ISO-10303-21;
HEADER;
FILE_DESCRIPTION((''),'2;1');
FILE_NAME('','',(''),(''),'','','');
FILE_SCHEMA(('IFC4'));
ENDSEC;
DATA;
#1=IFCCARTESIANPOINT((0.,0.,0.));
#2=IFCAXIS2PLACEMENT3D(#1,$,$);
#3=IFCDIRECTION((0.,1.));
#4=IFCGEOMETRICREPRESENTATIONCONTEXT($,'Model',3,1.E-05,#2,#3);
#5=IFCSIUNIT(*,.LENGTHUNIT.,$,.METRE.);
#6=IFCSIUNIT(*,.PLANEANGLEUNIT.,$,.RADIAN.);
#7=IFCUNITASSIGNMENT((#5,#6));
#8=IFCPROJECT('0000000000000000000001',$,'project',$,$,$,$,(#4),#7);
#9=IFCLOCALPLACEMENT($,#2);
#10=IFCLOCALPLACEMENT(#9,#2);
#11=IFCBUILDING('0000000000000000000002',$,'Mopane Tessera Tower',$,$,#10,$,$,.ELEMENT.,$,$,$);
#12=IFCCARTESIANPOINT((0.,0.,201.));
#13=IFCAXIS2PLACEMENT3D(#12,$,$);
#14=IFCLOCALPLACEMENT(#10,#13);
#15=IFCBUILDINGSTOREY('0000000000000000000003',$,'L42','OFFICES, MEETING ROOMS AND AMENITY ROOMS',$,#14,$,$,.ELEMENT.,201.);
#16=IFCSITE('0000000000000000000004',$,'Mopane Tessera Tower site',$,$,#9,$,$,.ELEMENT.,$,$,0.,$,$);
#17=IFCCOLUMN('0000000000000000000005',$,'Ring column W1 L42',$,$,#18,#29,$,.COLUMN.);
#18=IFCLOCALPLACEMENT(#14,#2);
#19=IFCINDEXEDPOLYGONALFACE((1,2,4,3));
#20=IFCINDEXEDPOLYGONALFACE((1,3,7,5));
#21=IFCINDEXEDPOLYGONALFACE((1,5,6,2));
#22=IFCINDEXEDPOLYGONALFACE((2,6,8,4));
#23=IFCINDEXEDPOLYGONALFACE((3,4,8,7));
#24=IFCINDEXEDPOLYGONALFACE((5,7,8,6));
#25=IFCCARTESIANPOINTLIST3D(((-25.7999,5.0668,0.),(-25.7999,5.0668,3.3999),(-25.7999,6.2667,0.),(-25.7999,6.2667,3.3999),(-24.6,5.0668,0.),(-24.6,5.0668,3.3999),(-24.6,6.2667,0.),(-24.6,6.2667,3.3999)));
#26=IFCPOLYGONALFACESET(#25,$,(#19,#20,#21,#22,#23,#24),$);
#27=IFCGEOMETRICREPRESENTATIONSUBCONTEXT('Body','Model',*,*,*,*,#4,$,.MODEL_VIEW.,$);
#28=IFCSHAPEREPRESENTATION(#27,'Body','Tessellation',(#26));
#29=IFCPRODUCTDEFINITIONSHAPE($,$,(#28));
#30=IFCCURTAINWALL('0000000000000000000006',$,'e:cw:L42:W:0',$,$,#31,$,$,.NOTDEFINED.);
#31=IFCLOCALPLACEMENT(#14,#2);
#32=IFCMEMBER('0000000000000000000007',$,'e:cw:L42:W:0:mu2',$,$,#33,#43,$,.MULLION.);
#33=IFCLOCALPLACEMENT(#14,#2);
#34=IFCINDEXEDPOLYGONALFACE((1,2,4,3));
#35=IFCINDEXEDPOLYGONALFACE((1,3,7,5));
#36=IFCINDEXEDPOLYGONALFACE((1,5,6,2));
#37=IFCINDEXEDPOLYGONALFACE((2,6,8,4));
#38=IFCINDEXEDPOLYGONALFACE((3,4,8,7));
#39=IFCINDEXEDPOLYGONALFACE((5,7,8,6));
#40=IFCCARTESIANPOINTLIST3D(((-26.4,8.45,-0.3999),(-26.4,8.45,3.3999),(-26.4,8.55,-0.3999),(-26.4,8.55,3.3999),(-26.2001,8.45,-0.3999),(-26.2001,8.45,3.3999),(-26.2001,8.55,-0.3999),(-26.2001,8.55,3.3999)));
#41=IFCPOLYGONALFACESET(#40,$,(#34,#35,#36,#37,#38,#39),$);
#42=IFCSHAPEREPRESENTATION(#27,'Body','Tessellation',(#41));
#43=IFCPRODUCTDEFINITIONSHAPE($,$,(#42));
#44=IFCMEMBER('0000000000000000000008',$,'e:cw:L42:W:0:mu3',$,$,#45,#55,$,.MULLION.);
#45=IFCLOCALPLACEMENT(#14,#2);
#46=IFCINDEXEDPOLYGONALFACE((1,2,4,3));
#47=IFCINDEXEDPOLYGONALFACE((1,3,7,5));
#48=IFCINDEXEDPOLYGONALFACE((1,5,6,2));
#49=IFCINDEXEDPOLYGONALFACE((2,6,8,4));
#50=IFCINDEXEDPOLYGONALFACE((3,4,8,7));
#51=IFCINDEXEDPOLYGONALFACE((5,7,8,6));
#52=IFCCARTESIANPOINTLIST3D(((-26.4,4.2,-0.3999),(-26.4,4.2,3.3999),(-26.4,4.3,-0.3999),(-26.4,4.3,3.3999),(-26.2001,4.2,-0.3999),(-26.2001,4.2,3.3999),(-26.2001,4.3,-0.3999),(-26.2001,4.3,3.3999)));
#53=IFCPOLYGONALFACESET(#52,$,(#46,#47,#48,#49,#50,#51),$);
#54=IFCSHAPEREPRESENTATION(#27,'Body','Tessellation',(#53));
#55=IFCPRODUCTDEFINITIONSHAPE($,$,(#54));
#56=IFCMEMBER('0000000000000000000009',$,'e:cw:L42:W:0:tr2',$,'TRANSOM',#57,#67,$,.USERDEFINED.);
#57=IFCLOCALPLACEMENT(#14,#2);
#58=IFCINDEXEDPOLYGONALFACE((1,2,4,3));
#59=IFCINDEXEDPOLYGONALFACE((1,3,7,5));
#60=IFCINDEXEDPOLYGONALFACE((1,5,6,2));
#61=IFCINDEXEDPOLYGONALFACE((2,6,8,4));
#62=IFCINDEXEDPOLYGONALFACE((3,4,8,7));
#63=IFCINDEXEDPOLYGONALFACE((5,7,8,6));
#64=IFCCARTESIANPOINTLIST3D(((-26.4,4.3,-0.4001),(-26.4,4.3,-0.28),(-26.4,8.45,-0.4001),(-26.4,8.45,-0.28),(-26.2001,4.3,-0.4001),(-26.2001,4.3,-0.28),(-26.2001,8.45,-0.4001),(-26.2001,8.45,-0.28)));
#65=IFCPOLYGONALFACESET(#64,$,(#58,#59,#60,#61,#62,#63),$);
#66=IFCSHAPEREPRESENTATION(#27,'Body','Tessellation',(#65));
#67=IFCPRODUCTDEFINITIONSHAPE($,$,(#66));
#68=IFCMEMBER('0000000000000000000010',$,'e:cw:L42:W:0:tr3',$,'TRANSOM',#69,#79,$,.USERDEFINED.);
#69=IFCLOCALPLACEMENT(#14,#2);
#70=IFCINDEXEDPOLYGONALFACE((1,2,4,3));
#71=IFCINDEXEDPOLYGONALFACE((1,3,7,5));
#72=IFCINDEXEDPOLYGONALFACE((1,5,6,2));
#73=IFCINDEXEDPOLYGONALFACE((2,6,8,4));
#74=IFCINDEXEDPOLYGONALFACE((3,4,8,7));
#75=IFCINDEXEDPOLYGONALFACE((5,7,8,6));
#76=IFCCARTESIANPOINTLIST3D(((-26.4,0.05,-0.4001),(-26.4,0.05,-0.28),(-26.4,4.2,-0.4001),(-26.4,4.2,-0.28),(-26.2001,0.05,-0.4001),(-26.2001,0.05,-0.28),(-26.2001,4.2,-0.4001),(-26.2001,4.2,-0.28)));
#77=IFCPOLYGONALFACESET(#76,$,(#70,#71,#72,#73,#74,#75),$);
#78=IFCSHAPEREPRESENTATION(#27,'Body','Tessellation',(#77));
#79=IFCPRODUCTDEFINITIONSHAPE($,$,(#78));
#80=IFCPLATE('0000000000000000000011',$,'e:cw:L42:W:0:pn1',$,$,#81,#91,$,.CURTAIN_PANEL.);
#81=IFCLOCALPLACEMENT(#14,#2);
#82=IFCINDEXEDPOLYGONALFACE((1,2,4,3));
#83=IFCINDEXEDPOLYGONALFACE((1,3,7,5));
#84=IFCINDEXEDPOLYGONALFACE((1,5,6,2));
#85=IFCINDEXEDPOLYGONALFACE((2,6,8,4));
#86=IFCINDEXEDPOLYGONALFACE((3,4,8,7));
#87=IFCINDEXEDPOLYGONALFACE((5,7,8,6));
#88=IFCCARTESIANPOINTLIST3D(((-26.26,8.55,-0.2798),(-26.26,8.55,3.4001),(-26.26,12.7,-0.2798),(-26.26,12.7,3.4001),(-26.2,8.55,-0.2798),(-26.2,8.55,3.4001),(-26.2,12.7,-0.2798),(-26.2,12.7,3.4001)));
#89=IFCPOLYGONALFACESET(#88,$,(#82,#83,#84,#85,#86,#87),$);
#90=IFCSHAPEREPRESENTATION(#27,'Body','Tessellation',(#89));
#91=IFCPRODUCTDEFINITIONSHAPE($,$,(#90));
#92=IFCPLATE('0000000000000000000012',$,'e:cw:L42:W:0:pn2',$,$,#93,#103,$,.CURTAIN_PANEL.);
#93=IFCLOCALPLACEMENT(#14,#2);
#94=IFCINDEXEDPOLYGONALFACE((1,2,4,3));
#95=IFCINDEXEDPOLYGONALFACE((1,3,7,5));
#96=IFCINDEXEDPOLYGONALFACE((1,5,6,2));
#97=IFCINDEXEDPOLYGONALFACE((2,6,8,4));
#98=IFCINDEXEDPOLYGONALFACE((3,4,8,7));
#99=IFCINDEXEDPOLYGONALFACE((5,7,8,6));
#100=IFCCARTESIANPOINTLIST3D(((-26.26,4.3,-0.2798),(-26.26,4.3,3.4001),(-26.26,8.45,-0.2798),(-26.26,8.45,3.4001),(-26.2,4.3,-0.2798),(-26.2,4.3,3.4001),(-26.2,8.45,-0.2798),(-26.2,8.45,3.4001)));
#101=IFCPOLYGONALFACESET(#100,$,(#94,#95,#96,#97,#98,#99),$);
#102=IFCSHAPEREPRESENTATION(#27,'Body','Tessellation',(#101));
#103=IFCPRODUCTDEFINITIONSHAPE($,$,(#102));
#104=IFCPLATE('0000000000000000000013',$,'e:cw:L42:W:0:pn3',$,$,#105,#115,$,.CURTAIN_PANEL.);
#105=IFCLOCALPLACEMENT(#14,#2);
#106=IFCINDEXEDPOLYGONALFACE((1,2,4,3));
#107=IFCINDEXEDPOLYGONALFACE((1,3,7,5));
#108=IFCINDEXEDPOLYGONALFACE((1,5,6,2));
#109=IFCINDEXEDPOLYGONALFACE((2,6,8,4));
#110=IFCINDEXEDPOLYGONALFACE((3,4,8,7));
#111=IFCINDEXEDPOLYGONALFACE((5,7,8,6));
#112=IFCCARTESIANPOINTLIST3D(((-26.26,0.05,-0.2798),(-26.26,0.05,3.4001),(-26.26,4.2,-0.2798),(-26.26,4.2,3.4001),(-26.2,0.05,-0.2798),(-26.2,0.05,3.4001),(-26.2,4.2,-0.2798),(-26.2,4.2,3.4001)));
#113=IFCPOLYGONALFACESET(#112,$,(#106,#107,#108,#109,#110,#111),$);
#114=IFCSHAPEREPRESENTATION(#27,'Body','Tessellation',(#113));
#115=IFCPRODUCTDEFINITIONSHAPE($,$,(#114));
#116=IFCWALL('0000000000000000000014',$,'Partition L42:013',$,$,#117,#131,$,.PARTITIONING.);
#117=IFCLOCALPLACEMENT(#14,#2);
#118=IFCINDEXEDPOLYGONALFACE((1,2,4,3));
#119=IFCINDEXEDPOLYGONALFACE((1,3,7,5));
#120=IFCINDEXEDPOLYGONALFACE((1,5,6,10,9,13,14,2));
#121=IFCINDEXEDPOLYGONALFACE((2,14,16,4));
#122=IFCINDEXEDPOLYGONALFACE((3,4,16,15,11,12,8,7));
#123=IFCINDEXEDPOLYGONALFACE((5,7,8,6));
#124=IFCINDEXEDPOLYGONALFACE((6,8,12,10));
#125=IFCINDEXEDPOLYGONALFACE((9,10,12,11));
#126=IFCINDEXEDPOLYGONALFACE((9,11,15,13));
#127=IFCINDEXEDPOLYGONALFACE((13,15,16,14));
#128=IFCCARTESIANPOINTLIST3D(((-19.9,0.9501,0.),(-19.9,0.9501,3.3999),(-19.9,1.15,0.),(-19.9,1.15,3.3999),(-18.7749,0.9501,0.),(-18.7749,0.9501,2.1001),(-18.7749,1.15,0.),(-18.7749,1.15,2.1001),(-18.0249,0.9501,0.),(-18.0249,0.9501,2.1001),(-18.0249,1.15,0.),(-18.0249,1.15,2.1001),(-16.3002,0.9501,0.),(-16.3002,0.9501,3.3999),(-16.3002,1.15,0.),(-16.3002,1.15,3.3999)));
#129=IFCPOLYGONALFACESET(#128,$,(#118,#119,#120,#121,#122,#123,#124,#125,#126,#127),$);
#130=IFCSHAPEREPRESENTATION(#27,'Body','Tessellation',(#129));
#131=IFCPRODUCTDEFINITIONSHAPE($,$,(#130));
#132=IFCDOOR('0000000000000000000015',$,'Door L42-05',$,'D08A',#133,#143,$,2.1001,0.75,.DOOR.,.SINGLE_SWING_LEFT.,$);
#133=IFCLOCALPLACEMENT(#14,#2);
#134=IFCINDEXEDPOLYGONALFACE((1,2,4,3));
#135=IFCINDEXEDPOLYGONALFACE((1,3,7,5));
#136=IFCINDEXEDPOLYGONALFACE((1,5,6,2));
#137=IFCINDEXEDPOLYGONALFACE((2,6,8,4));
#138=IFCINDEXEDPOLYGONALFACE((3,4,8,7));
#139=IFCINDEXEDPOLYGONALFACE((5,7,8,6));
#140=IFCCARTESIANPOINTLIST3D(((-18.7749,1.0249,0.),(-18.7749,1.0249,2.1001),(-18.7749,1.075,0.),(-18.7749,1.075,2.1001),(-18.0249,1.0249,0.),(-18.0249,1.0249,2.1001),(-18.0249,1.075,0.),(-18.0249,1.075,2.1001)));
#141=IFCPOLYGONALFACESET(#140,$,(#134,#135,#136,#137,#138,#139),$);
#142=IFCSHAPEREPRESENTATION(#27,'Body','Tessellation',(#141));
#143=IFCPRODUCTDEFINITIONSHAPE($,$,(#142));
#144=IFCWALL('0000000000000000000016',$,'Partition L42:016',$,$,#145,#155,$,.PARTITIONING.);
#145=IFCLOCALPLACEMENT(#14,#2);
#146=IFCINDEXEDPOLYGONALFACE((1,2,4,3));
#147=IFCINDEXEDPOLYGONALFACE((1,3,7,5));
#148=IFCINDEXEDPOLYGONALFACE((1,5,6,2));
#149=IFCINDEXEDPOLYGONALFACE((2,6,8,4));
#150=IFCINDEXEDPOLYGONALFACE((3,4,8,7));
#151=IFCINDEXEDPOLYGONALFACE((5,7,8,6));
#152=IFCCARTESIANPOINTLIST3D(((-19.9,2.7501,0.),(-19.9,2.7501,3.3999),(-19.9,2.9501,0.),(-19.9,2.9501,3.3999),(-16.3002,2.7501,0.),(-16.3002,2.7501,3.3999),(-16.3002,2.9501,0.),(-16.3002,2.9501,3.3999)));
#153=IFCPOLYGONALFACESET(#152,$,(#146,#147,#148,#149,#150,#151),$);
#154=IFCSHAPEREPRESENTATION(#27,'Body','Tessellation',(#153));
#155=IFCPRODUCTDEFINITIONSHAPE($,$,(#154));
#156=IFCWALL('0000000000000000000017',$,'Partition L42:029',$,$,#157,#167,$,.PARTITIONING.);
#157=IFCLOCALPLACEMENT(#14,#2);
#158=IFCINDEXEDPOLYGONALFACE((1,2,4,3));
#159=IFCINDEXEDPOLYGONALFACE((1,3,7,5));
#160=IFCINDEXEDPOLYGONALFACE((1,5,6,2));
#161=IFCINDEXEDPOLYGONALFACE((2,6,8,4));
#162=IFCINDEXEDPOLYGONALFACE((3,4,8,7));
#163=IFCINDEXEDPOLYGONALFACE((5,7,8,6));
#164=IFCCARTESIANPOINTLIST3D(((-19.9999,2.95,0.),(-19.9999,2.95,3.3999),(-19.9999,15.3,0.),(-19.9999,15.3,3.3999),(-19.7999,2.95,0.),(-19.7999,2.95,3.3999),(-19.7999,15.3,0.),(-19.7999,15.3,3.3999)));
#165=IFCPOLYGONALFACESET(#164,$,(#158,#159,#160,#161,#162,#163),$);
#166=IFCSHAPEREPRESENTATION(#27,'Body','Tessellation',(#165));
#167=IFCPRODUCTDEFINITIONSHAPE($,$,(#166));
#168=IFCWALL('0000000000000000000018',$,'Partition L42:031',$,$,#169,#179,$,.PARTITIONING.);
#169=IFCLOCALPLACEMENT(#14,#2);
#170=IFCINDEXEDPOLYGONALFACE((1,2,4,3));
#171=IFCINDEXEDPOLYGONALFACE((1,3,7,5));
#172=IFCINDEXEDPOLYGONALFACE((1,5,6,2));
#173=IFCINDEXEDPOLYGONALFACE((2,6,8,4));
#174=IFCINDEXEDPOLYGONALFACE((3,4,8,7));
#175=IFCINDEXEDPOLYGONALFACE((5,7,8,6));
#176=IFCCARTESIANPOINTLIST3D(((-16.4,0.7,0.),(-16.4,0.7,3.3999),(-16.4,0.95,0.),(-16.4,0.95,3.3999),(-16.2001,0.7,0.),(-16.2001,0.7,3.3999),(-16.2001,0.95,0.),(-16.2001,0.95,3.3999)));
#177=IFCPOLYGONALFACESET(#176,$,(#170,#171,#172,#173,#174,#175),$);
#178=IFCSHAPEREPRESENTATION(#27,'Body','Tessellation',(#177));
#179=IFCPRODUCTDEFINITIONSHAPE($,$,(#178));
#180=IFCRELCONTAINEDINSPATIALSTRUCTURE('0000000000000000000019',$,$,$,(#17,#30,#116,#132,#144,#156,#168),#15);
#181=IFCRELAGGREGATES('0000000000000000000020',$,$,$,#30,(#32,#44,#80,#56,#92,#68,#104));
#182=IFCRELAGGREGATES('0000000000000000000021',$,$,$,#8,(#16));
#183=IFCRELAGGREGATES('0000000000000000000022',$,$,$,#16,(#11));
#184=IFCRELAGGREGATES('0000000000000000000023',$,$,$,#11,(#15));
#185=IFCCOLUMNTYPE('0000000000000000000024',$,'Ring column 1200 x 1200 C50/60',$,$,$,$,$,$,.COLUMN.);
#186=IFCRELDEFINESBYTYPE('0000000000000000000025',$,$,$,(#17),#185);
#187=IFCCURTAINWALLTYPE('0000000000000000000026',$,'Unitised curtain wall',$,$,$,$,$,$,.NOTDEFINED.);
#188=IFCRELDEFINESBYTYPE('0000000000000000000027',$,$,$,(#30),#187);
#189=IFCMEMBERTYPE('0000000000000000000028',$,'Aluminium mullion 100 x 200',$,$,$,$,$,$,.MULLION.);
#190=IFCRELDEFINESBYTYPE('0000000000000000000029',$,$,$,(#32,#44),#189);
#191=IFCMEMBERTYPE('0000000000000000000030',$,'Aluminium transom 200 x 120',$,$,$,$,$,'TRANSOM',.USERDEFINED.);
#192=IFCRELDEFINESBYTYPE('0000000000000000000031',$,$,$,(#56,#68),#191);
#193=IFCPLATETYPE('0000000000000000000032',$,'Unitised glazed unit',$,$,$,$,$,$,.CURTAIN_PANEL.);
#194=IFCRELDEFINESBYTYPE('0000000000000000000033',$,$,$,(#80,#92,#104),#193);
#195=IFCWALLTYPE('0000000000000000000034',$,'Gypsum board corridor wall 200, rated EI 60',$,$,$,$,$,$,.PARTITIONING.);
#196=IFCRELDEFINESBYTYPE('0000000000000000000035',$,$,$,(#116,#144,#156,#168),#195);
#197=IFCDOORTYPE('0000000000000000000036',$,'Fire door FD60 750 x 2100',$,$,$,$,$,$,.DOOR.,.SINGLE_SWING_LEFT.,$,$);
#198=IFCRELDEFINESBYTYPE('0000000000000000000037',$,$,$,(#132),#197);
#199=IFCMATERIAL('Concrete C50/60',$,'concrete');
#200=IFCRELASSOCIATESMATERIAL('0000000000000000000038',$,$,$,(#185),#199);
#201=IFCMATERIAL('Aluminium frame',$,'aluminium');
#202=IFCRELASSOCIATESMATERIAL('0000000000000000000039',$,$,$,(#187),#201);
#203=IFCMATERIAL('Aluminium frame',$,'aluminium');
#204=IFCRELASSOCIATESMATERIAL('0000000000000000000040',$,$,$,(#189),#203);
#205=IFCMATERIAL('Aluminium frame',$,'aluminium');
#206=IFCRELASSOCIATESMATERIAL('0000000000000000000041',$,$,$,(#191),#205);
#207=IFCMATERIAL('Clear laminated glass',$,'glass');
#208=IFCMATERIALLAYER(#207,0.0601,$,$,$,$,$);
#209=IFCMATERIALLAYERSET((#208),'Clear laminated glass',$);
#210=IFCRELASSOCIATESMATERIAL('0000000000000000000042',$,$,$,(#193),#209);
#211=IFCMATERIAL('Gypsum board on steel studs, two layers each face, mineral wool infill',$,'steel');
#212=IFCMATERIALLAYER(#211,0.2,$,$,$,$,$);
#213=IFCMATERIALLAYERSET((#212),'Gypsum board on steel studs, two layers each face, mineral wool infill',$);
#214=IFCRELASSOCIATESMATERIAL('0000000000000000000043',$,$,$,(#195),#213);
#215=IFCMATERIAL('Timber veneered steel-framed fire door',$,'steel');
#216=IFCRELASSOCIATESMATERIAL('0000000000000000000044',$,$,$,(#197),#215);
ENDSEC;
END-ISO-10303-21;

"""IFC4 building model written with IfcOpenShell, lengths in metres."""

from ifc_helpers import new_model, si_unit, direction, frame, frame_2d, origin, origin_2d, place, context, subcontext, project, spatial, rectangle, extrude, material, layer, layer_set, material_profile, profile_set, type_object, element, fill, aggregate, save


model = new_model("IFC4")

# Units and contexts
model_context = context("Model", 3, precision=1e-05, world=origin(), true_north=direction((0.0, 1.0)))
body_context = subcontext(model_context, "Body", "Model", "MODEL_VIEW")
ifc_project = project(units=[si_unit("LENGTHUNIT", "METRE"), si_unit("PLANEANGLEUNIT", "RADIAN")], contexts=[model_context])

# Site, building, storey
site_placement = place(None, origin())
site = spatial("IfcSite", under=ifc_project, at=site_placement, Name="Mopane Tessera Tower site", CompositionType="ELEMENT", RefElevation=0.0)
building_placement = place(site_placement, origin())
building = spatial("IfcBuilding", under=site, at=building_placement, Name="Mopane Tessera Tower", CompositionType="ELEMENT")
storey_placement = place(building_placement, frame((0.0, 0.0, 201.0)))
storey = spatial("IfcBuildingStorey", under=building, at=storey_placement, Name="L42", Description="OFFICES, MEETING ROOMS AND AMENITY ROOMS", CompositionType="ELEMENT", Elevation=201.0)

# Column
ifc_material_1 = material(Name="Concrete C50/60", Category="concrete")
ifc_material_profile_1 = material_profile(ifc_material_1, rectangle(XDim=1.2, YDim=1.2, at=origin_2d()))
ifc_profile_set_1 = profile_set([ifc_material_profile_1], Name="Concrete C50/60")
column_type = type_object("IfcColumnType", Name="Ring column 1200 x 1200 C50/60", PredefinedType="COLUMN", material=ifc_profile_set_1)
column_placement = place(storey_placement, frame((-25.2, 5.6667, 0.0), z_axis=(0.0, 0.0, 1.0), x_axis=(1.0, 0.0, 0.0)))
element("IfcColumn", 1, at=column_placement, inside=storey, type_object=column_type, Name="Ring column W1 L42", PredefinedType="COLUMN", context=body_context, shape_type="SweptSolid", body=[
    extrude(rectangle(XDim=1.2, YDim=1.2, at=origin_2d()), origin(), (0.0, 0.0, 1.0), 3.3999),
])

# Curtain wall, members, plates
ifc_material_2 = material(Name="Aluminium frame", Category="aluminium")
curtain_wall_type = type_object("IfcCurtainWallType", Name="Unitised curtain wall", PredefinedType="NOTDEFINED", material=ifc_material_2)
curtain_wall_placement = place(storey_placement, origin())
curtain_wall = element("IfcCurtainWall", 2, at=curtain_wall_placement, inside=storey, type_object=curtain_wall_type, Name="e:cw:L42:W:0", PredefinedType="NOTDEFINED")
ifc_material_3 = material(Name="Aluminium frame", Category="aluminium")
ifc_material_profile_2 = material_profile(ifc_material_3, rectangle(XDim=0.1001, YDim=0.2, at=origin_2d()))
ifc_profile_set_2 = profile_set([ifc_material_profile_2], Name="Aluminium frame")
member_type_1 = type_object("IfcMemberType", Name="Aluminium mullion 100 x 200", PredefinedType="MULLION", material=ifc_profile_set_2)
member_1_placement = place(storey_placement, frame((-26.3, 8.5, -0.3999), z_axis=(0.0, 0.0, 1.0), x_axis=(0.0, -1.0, 0.0)))
member_1 = element("IfcMember", 3, at=member_1_placement, type_object=member_type_1, Name="e:cw:L42:W:0:mu2", PredefinedType="MULLION", context=body_context, shape_type="SweptSolid", body=[
    extrude(rectangle(XDim=0.1001, YDim=0.2, at=origin_2d()), origin(), (0.0, 0.0, 1.0), 3.7998),
])
member_2_placement = place(storey_placement, frame((-26.3, 4.25, -0.3999), z_axis=(0.0, 0.0, 1.0), x_axis=(0.0, -1.0, 0.0)))
member_2 = element("IfcMember", 4, at=member_2_placement, type_object=member_type_1, Name="e:cw:L42:W:0:mu3", PredefinedType="MULLION", context=body_context, shape_type="SweptSolid", body=[
    extrude(rectangle(XDim=0.1001, YDim=0.2, at=origin_2d()), origin(), (0.0, 0.0, 1.0), 3.7998),
])
ifc_material_4 = material(Name="Aluminium frame", Category="aluminium")
ifc_material_profile_3 = material_profile(ifc_material_4, rectangle(XDim=0.2, YDim=0.1201, at=origin_2d()))
ifc_profile_set_3 = profile_set([ifc_material_profile_3], Name="Aluminium frame")
member_type_2 = type_object("IfcMemberType", Name="Aluminium transom 200 x 120", ElementType="TRANSOM", PredefinedType="USERDEFINED", material=ifc_profile_set_3)
member_3_placement = place(storey_placement, frame((-26.3, 8.45, -0.3401), z_axis=(0.0, -1.0, 0.0), x_axis=(1.0, 0.0, 0.0)))
member_3 = element("IfcMember", 5, at=member_3_placement, type_object=member_type_2, Name="e:cw:L42:W:0:tr2", ObjectType="TRANSOM", PredefinedType="USERDEFINED", context=body_context, shape_type="SweptSolid", body=[
    extrude(rectangle(XDim=0.2, YDim=0.1201, at=origin_2d()), origin(), (0.0, 0.0, 1.0), 4.1499),
])
member_4_placement = place(storey_placement, frame((-26.3, 4.2, -0.3401), z_axis=(0.0, -1.0, 0.0), x_axis=(1.0, 0.0, 0.0)))
member_4 = element("IfcMember", 6, at=member_4_placement, type_object=member_type_2, Name="e:cw:L42:W:0:tr3", ObjectType="TRANSOM", PredefinedType="USERDEFINED", context=body_context, shape_type="SweptSolid", body=[
    extrude(rectangle(XDim=0.2, YDim=0.1201, at=origin_2d()), origin(), (0.0, 0.0, 1.0), 4.1499),
])
ifc_material_5 = material(Name="Clear laminated glass", Category="glass")
ifc_layer_1 = layer(ifc_material_5, 0.0601)
ifc_layer_set_1 = layer_set([ifc_layer_1], Name="Clear laminated glass")
plate_type = type_object("IfcPlateType", Name="Unitised glazed unit", PredefinedType="CURTAIN_PANEL", material=ifc_layer_set_1)
plate_1_placement = place(storey_placement, frame((-26.23, 10.625, -0.2798), z_axis=(0.0, 0.0, 1.0), x_axis=(0.0, -1.0, 0.0)))
plate_1 = element("IfcPlate", 7, at=plate_1_placement, type_object=plate_type, Name="e:cw:L42:W:0:pn1", PredefinedType="CURTAIN_PANEL", context=body_context, shape_type="SweptSolid", body=[
    extrude(rectangle(XDim=4.1499, YDim=0.0601, at=origin_2d()), origin(), (0.0, 0.0, 1.0), 3.6799),
])
plate_2_placement = place(storey_placement, frame((-26.23, 6.375, -0.2798), z_axis=(0.0, 0.0, 1.0), x_axis=(0.0, -1.0, 0.0)))
plate_2 = element("IfcPlate", 8, at=plate_2_placement, type_object=plate_type, Name="e:cw:L42:W:0:pn2", PredefinedType="CURTAIN_PANEL", context=body_context, shape_type="SweptSolid", body=[
    extrude(rectangle(XDim=4.1499, YDim=0.0601, at=origin_2d()), origin(), (0.0, 0.0, 1.0), 3.6799),
])
plate_3_placement = place(storey_placement, frame((-26.23, 2.125, -0.2798), z_axis=(0.0, 0.0, 1.0), x_axis=(0.0, -1.0, 0.0)))
plate_3 = element("IfcPlate", 9, at=plate_3_placement, type_object=plate_type, Name="e:cw:L42:W:0:pn3", PredefinedType="CURTAIN_PANEL", context=body_context, shape_type="SweptSolid", body=[
    extrude(rectangle(XDim=4.1499, YDim=0.0601, at=origin_2d()), origin(), (0.0, 0.0, 1.0), 3.6799),
])
aggregate(curtain_wall, [member_1, member_2, plate_1, member_3, plate_2, member_4, plate_3])

# Wall, opening, door
ifc_material_6 = material(Name="Gypsum board on steel studs, two layers each face, mineral wool infill", Category="steel")
ifc_layer_2 = layer(ifc_material_6, 0.2)
ifc_layer_set_2 = layer_set([ifc_layer_2], Name="Gypsum board on steel studs, two layers each face, mineral wool infill")
wall_type_1 = type_object("IfcWallType", Name="Gypsum board corridor wall 200, rated EI 60", PredefinedType="PARTITIONING", material=ifc_layer_set_2)
wall_1_placement = place(storey_placement, frame((-19.8999, 1.05, 0.0), z_axis=(0.0, 0.0, 1.0), x_axis=(1.0, 0.0, 0.0)))
wall_1 = element("IfcWall", 10, at=wall_1_placement, inside=storey, type_object=wall_type_1, Name="Partition L42:013", PredefinedType="PARTITIONING", context=body_context, shape_type="SweptSolid", body=[
    extrude(rectangle(XDim=3.5999, YDim=0.2, at=frame_2d((1.7998, 0.0))), origin(), (0.0, 0.0, 1.0), 3.3999),
])
opening_1_placement = place(wall_1_placement, frame((1.125, 0.0, 0.0)))
opening_1 = element("IfcOpeningElement", 11, at=opening_1_placement, cuts=wall_1, PredefinedType="OPENING", context=body_context, shape_type="SweptSolid", body=[
    extrude(rectangle(XDim=0.75, YDim=2.1001, at=frame_2d((0.375, 1.05))), frame((0.0, 0.1121, 0.0), z_axis=(0.0, -1.0, 0.0), x_axis=(1.0, 0.0, 0.0)), (0.0, 0.0, 1.0), 0.2239),
])
ifc_material_7 = material(Name="Timber veneered steel-framed fire door", Category="steel")
door_type_1 = type_object("IfcDoorType", Name="Fire door FD60 750 x 2100", OperationType="SINGLE_SWING_LEFT", PredefinedType="DOOR", material=ifc_material_7)
door_1_placement = place(opening_1_placement, origin())
door_1 = element("IfcDoor", 12, at=door_1_placement, inside=storey, type_object=door_type_1, Name="Door L42-05", ObjectType="D08A", OperationType="SINGLE_SWING_LEFT", OverallHeight=2.1001, OverallWidth=0.75, PredefinedType="DOOR", context=body_context, shape_type="SweptSolid", body=[
    extrude(rectangle(XDim=0.75, YDim=2.1001, at=frame_2d((0.375, 1.05))), frame((0.0, 0.0249, 0.0), z_axis=(0.0, -1.0, 0.0), x_axis=(1.0, 0.0, 0.0)), (0.0, 0.0, 1.0), 0.05),
])
fill(opening_1, door_1)

# Walls
wall_2_placement = place(storey_placement, frame((-19.8999, 2.8501, 0.0), z_axis=(0.0, 0.0, 1.0), x_axis=(1.0, 0.0, 0.0)))
element("IfcWall", 13, at=wall_2_placement, inside=storey, type_object=wall_type_1, Name="Partition L42:016", PredefinedType="PARTITIONING", context=body_context, shape_type="SweptSolid", body=[
    extrude(rectangle(XDim=3.5999, YDim=0.2, at=frame_2d((1.7998, 0.0))), origin(), (0.0, 0.0, 1.0), 3.3999),
])
wall_3_placement = place(storey_placement, frame((-19.8999, 2.95, 0.0), z_axis=(0.0, 0.0, 1.0), x_axis=(0.0, 1.0, 0.0)))
element("IfcWall", 14, at=wall_3_placement, inside=storey, type_object=wall_type_1, Name="Partition L42:029", PredefinedType="PARTITIONING", context=body_context, shape_type="SweptSolid", body=[
    extrude(rectangle(XDim=12.3501, YDim=0.2, at=frame_2d((6.175, 0.0))), origin(), (0.0, 0.0, 1.0), 3.3999),
])
wall_4_placement = place(storey_placement, frame((-16.3, 0.7, 0.0), z_axis=(0.0, 0.0, 1.0), x_axis=(0.0, 1.0, 0.0)))
element("IfcWall", 15, at=wall_4_placement, inside=storey, type_object=wall_type_1, Name="Partition L42:031", PredefinedType="PARTITIONING", context=body_context, shape_type="SweptSolid", body=[
    extrude(rectangle(XDim=0.25, YDim=0.2, at=frame_2d((0.125, 0.0))), origin(), (0.0, 0.0, 1.0), 3.3999),
])

save(model, "model.ifc")
